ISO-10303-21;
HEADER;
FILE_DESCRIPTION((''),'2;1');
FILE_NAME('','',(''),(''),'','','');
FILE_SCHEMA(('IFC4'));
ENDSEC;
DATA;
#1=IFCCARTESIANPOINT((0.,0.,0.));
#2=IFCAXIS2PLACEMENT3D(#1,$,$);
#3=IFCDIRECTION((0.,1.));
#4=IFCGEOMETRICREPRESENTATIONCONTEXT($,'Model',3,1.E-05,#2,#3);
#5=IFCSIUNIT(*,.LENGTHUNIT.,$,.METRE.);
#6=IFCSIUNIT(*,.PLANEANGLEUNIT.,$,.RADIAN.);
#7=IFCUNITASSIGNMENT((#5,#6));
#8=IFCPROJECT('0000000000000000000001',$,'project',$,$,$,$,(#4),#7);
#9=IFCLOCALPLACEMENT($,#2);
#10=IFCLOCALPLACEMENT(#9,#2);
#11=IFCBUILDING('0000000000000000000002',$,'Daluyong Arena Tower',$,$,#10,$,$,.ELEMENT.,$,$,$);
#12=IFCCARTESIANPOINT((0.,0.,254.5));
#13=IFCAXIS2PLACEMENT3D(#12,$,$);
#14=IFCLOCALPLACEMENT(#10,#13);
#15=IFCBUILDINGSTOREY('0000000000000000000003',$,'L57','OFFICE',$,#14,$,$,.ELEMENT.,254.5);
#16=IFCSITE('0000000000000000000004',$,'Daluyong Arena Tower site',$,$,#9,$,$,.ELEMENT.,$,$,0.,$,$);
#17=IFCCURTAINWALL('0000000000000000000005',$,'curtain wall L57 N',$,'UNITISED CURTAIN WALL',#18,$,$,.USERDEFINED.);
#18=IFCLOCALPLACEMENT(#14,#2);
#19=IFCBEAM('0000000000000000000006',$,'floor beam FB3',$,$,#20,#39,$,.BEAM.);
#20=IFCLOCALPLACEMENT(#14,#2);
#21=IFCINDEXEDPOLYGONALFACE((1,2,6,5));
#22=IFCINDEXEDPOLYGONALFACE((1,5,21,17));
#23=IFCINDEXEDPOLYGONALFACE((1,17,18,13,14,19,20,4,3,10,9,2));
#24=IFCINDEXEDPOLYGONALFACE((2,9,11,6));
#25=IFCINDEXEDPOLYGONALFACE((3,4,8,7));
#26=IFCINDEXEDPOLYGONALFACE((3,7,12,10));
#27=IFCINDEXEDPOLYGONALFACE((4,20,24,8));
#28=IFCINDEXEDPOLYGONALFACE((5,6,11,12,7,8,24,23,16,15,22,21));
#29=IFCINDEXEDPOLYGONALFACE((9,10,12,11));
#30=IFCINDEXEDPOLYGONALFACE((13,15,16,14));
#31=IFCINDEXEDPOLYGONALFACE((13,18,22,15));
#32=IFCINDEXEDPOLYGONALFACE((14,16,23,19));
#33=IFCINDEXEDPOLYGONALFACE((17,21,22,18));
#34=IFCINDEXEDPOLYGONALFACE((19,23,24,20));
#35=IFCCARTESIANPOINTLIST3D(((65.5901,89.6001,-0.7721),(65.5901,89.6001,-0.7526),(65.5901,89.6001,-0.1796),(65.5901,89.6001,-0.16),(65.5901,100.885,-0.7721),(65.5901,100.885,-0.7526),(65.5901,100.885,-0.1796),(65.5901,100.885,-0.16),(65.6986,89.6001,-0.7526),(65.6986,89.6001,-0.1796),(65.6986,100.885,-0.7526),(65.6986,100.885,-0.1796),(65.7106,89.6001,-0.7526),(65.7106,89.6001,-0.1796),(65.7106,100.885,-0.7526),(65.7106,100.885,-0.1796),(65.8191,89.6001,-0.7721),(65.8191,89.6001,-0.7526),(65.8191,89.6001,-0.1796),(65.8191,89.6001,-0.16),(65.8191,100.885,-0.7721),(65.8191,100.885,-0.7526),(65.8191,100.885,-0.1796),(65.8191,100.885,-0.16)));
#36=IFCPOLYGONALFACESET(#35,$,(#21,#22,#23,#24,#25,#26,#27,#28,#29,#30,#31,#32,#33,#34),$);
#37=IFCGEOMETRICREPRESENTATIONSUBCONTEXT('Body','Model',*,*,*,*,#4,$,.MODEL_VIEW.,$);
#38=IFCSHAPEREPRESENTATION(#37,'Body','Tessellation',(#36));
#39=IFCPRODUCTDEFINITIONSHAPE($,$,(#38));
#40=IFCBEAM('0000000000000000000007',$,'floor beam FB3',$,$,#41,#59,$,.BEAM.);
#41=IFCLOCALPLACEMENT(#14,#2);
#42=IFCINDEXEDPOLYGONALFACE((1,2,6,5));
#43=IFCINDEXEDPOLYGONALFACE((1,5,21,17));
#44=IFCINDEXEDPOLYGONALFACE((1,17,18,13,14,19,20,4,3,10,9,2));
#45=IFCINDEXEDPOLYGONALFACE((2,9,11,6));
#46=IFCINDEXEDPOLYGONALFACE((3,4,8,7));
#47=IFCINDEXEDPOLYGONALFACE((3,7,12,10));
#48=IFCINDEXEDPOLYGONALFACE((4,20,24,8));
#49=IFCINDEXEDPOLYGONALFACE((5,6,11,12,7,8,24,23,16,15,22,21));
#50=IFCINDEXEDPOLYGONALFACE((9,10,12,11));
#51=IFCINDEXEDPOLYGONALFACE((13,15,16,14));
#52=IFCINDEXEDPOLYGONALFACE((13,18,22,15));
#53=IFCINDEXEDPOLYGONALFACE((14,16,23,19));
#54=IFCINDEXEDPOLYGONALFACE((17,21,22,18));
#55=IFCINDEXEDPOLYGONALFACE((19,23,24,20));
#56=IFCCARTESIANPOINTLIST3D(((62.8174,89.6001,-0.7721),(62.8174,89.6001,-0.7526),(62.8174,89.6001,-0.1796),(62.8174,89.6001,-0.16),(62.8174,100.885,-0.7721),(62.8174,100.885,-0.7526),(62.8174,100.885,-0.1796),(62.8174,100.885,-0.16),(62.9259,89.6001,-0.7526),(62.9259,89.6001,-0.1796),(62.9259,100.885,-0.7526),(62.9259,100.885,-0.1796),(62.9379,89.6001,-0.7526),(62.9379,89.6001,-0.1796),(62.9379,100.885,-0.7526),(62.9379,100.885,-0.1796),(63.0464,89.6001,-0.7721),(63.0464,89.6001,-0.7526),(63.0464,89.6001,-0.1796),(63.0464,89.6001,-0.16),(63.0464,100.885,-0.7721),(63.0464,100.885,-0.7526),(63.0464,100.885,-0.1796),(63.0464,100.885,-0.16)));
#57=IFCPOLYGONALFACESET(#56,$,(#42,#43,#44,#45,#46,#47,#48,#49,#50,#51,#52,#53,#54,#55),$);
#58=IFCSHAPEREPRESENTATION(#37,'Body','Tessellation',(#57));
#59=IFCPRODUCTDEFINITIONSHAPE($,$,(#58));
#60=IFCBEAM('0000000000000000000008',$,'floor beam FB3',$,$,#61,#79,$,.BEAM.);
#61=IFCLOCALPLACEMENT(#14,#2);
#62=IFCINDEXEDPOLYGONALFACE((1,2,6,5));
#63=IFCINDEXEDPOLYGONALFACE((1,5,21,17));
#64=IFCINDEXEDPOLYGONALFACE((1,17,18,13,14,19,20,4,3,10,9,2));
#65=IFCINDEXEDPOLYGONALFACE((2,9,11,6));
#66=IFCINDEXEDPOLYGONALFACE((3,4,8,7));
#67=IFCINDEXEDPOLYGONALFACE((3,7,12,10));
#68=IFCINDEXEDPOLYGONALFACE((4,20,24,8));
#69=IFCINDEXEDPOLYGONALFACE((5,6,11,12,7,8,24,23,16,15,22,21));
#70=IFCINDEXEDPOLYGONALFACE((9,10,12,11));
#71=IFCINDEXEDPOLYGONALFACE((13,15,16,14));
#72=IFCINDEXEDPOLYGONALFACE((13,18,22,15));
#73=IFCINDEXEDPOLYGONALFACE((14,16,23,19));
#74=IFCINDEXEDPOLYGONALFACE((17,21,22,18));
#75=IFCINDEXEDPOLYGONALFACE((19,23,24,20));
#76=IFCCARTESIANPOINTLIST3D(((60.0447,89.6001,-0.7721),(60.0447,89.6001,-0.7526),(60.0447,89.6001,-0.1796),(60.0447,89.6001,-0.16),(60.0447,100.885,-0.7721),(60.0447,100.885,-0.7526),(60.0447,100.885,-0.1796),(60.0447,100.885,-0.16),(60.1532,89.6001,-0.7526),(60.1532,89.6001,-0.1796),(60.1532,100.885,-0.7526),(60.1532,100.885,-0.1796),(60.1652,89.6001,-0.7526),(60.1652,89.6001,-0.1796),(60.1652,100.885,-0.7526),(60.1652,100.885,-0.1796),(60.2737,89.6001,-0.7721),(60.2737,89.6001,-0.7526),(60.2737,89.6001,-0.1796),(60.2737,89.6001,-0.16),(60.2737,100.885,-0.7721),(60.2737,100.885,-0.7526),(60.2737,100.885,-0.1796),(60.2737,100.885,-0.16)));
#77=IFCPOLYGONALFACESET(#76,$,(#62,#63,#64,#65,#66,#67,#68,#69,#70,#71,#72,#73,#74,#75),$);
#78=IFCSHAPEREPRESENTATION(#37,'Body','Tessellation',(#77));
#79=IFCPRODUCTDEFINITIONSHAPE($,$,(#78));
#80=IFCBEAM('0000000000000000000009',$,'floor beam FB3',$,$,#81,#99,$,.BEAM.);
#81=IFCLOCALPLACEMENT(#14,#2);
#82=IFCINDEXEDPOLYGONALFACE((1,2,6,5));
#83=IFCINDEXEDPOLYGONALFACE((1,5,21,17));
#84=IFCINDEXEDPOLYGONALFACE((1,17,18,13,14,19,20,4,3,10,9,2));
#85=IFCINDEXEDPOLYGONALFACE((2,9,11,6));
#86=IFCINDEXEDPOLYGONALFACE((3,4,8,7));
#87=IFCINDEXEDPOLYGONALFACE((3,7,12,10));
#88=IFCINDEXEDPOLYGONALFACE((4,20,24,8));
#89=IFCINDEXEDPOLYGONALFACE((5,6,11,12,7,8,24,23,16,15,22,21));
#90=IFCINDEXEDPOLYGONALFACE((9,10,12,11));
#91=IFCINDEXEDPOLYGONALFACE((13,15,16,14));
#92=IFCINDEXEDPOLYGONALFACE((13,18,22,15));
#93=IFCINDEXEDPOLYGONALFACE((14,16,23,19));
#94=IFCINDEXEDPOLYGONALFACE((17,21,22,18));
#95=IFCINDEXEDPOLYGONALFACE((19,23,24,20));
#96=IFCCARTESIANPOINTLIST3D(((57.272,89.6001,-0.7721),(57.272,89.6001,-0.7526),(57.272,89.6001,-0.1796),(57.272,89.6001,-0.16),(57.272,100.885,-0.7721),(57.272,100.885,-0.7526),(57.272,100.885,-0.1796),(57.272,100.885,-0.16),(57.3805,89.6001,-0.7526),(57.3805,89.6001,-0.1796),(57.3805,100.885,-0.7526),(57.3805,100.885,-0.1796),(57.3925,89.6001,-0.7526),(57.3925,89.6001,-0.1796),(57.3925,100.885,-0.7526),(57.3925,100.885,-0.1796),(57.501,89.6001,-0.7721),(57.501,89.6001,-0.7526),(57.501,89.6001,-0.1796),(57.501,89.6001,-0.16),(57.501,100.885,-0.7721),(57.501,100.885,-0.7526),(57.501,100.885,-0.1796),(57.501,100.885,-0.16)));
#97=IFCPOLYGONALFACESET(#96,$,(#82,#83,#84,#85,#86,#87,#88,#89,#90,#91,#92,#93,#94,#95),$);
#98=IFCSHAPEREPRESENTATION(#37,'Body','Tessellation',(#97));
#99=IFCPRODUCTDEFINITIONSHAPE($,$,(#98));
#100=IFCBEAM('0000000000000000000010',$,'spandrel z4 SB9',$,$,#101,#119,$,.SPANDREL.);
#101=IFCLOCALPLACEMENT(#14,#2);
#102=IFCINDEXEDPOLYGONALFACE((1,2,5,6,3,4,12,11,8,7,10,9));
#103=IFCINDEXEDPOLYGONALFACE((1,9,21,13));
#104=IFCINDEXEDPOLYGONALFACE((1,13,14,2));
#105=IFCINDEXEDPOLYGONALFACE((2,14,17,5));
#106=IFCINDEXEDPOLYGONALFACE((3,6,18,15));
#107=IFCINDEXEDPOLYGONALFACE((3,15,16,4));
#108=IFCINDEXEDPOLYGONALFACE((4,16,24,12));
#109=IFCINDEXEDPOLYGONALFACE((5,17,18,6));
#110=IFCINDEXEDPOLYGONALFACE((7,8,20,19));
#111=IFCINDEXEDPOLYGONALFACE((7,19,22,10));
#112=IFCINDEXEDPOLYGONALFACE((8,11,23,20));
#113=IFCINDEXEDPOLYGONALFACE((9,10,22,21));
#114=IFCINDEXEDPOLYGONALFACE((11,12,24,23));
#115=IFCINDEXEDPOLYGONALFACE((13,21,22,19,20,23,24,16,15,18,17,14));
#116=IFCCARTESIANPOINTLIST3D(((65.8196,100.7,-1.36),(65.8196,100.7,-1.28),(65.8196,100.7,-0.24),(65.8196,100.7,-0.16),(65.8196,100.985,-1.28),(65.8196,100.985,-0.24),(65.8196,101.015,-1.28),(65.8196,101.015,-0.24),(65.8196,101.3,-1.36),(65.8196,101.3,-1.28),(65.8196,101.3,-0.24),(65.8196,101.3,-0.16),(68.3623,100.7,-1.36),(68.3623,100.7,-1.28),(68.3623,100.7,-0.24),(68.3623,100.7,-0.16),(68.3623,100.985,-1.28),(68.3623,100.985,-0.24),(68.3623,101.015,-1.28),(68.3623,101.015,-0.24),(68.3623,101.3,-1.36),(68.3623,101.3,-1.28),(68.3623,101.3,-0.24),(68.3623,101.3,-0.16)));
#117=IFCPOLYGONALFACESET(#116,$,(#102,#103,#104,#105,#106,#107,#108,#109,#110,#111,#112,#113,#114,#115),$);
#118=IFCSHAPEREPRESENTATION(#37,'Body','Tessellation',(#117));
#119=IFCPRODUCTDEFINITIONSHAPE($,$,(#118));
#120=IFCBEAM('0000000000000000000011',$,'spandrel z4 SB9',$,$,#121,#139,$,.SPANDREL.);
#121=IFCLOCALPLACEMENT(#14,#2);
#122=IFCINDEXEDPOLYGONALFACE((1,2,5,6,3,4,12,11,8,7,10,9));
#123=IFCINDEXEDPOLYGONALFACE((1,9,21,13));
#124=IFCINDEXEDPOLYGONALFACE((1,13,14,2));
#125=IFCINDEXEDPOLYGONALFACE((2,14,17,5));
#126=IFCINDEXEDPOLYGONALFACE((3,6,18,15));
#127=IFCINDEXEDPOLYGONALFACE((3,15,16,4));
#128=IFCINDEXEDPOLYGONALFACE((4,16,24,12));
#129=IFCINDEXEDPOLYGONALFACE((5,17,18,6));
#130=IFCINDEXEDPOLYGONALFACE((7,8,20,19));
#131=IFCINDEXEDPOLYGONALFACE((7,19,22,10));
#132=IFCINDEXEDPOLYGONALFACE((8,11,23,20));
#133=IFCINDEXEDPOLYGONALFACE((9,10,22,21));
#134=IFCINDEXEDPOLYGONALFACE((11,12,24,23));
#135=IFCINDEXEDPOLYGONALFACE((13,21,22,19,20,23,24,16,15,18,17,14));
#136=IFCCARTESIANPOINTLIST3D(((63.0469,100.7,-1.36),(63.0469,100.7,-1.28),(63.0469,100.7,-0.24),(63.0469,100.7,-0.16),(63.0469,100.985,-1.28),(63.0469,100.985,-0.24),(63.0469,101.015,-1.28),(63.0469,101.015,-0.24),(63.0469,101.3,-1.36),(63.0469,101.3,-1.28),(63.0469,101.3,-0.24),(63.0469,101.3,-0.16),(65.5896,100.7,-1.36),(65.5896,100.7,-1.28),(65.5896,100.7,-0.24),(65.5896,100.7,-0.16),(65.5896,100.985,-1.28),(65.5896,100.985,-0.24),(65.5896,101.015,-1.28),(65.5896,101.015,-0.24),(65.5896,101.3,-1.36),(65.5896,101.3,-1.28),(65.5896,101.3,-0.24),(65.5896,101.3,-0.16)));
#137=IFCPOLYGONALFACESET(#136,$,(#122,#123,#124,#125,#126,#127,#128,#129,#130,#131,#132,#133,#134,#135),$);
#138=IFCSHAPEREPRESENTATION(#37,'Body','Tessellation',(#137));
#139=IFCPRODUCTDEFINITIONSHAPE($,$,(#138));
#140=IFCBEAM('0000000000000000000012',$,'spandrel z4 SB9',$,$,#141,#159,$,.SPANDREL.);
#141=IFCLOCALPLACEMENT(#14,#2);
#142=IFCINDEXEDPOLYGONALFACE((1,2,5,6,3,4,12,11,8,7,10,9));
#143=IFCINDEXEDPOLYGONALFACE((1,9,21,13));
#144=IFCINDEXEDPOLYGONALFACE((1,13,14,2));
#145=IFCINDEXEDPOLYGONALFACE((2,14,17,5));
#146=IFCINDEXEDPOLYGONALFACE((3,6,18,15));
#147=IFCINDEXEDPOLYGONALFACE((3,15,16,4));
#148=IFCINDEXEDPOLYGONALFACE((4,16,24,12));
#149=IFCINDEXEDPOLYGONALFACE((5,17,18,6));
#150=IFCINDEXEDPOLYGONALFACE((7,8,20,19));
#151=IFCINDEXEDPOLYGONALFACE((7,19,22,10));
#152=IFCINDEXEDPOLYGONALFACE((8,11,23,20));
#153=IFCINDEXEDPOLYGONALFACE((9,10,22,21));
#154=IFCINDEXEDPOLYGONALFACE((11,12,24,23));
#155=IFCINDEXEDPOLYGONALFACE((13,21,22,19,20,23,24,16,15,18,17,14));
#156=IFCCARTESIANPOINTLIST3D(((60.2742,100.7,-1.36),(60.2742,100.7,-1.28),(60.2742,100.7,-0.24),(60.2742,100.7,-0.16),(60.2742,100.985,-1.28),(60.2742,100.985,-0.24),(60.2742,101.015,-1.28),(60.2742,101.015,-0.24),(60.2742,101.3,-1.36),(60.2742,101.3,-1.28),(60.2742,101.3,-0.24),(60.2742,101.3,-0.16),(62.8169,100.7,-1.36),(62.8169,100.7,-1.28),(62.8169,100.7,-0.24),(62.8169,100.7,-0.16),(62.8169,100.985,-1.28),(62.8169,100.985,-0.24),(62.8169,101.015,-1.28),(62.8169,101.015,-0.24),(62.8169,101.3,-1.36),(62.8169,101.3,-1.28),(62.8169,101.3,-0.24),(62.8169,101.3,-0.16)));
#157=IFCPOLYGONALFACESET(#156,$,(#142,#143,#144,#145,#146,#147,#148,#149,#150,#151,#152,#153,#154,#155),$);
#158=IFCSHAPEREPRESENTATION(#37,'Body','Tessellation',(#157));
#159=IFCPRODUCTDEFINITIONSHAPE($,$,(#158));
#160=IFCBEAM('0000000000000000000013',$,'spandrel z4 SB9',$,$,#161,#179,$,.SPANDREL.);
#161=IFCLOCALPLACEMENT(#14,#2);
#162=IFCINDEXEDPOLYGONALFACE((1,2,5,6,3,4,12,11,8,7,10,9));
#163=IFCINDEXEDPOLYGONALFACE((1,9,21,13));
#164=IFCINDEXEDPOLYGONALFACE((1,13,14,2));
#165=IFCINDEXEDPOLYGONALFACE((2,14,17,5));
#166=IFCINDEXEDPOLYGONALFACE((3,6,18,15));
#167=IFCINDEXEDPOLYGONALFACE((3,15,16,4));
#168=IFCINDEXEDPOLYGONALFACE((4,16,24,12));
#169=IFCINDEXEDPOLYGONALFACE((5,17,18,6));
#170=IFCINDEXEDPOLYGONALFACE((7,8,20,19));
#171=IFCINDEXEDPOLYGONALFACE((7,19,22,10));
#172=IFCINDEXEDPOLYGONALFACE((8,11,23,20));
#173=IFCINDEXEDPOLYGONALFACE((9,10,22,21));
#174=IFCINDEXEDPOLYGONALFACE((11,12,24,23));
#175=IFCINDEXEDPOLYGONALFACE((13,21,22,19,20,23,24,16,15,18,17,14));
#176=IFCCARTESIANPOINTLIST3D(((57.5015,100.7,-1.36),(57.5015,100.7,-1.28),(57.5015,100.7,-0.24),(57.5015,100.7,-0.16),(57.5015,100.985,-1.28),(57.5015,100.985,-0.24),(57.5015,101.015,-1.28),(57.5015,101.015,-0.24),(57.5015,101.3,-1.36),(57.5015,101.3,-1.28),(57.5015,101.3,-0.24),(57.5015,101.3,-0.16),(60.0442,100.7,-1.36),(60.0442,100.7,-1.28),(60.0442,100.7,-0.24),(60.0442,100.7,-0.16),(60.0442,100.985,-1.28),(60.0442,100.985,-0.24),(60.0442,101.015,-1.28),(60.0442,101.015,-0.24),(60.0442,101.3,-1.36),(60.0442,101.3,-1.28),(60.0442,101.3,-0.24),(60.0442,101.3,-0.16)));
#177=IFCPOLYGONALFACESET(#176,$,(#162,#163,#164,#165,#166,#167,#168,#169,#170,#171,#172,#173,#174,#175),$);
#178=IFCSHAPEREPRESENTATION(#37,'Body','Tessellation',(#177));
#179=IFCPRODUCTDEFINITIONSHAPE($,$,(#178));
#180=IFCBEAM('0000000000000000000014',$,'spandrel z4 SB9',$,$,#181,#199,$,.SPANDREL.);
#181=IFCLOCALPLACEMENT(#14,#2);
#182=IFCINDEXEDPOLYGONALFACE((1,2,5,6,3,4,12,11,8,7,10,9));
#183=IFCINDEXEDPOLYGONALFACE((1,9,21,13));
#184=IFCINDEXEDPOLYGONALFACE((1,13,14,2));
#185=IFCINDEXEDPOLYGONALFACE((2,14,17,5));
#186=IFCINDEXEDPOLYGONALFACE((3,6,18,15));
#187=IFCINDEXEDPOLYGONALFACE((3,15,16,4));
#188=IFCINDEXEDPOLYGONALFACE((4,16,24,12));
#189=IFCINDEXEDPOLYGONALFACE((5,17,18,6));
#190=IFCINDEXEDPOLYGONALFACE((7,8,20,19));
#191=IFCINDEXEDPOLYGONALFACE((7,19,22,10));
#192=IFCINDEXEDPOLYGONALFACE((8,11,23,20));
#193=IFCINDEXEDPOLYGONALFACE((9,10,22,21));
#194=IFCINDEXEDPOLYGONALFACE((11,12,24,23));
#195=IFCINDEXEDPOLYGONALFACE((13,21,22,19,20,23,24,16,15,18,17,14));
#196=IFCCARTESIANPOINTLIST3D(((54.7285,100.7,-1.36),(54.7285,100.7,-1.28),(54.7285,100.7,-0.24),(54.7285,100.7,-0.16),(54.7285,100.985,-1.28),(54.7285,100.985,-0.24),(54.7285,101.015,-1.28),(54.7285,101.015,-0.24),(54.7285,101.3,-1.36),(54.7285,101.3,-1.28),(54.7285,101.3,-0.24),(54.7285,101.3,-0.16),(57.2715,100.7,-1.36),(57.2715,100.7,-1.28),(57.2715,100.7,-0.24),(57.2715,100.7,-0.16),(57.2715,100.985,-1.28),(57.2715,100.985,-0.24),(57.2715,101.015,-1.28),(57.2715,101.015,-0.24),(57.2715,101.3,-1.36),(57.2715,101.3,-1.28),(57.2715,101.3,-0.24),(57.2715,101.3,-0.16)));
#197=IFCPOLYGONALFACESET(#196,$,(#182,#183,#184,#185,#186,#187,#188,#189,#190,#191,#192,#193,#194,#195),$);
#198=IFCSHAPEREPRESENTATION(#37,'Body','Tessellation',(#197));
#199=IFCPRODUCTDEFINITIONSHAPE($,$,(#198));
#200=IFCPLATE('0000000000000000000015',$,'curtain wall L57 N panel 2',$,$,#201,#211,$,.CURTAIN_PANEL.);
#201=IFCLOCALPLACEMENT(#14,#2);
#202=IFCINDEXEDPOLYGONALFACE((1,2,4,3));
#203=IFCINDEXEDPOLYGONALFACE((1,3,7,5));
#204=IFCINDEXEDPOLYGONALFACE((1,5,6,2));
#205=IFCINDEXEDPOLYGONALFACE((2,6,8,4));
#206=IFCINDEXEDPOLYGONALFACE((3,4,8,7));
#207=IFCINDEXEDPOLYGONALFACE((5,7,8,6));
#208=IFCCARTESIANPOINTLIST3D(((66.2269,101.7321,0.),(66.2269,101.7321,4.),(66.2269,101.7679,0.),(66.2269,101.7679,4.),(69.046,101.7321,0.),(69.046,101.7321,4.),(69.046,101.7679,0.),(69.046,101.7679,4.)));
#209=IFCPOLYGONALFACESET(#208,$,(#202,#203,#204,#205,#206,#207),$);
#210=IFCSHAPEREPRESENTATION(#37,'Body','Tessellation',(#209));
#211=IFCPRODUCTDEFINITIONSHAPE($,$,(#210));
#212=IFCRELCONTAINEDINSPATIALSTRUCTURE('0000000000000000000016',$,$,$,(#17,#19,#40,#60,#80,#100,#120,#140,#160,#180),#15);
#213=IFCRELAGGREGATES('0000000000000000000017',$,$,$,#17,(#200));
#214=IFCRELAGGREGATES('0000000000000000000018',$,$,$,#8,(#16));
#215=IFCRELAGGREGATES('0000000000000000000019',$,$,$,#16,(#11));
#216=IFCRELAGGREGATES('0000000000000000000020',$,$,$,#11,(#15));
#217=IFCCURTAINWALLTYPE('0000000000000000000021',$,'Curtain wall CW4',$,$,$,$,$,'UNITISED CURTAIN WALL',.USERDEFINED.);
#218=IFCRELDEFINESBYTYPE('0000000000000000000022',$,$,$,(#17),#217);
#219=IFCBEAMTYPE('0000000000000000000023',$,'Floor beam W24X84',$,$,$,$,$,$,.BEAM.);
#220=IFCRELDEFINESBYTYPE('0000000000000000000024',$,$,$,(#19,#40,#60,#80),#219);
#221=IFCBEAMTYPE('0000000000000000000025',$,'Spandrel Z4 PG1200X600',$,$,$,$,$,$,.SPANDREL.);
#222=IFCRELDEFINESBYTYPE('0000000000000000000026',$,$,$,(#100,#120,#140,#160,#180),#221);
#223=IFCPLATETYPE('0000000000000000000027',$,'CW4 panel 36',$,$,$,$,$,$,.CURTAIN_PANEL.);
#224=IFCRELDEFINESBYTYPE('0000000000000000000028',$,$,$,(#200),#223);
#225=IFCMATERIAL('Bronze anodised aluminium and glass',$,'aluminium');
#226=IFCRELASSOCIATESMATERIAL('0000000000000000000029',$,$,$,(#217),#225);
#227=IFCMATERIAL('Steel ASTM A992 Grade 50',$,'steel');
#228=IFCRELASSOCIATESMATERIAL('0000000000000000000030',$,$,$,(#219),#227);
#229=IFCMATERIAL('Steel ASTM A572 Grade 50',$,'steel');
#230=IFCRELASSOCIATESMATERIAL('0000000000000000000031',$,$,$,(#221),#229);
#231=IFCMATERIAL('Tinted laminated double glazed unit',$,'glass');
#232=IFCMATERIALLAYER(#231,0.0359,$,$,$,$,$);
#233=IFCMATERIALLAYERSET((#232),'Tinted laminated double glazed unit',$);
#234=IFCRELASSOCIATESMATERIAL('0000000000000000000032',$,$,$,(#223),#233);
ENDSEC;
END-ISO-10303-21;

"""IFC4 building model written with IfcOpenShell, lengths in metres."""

from ifc_helpers import new_model, si_unit, direction, frame, origin, origin_2d, place, context, subcontext, project, spatial, rectangle, i_section, extrude, material, layer, layer_set, material_profile, profile_set, type_object, element, aggregate, save


model = new_model("IFC4")

# Units and contexts
model_context = context("Model", 3, precision=1e-05, world=origin(), true_north=direction((0.0, 1.0)))
body_context = subcontext(model_context, "Body", "Model", "MODEL_VIEW")
ifc_project = project(units=[si_unit("LENGTHUNIT", "METRE"), si_unit("PLANEANGLEUNIT", "RADIAN")], contexts=[model_context])

# Site, building, storey
site_placement = place(None, origin())
site = spatial("IfcSite", under=ifc_project, at=site_placement, Name="Daluyong Arena Tower site", CompositionType="ELEMENT", RefElevation=0.0)
building_placement = place(site_placement, origin())
building = spatial("IfcBuilding", under=site, at=building_placement, Name="Daluyong Arena Tower", CompositionType="ELEMENT")
storey_placement = place(building_placement, frame((0.0, 0.0, 254.5)))
storey = spatial("IfcBuildingStorey", under=building, at=storey_placement, Name="L57", Description="OFFICE", CompositionType="ELEMENT", Elevation=254.5)

# Curtain wall
ifc_material_1 = material(Name="Bronze anodised aluminium and glass", Category="aluminium")
curtain_wall_type = type_object("IfcCurtainWallType", Name="Curtain wall CW4", ElementType="UNITISED CURTAIN WALL", PredefinedType="USERDEFINED", material=ifc_material_1)
curtain_wall_placement = place(storey_placement, origin())
curtain_wall = element("IfcCurtainWall", 1, at=curtain_wall_placement, inside=storey, type_object=curtain_wall_type, Name="curtain wall L57 N", ObjectType="UNITISED CURTAIN WALL", PredefinedType="USERDEFINED")

# Beams
ifc_material_2 = material(Name="Steel ASTM A992 Grade 50", Category="steel")
ifc_material_profile_1 = material_profile(ifc_material_2, i_section(OverallWidth=0.229, OverallDepth=0.6121, WebThickness=0.012, FlangeThickness=0.0195, at=origin_2d()))
ifc_profile_set_1 = profile_set([ifc_material_profile_1], Name="Steel ASTM A992 Grade 50")
beam_type_1 = type_object("IfcBeamType", Name="Floor beam W24X84", PredefinedType="BEAM", material=ifc_profile_set_1)
for number, where, z_axis, x_axis, name in (
    (2, (65.7046, 100.885, -0.4661), (0.0, -1.0, 0.0), (1.0, 0.0, 0.0), "floor beam FB3"),
    (3, (62.9319, 100.885, -0.4661), (0.0, -1.0, 0.0), (1.0, 0.0, 0.0), "floor beam FB3"),
    (4, (60.1592, 100.885, -0.4661), (0.0, -1.0, 0.0), (1.0, 0.0, 0.0), "floor beam FB3"),
    (5, (57.3865, 100.885, -0.4661), (0.0, -1.0, 0.0), (1.0, 0.0, 0.0), "floor beam FB3"),
):
    element("IfcBeam", number, at=place(storey_placement, frame(where, z_axis=z_axis, x_axis=x_axis)), inside=storey, type_object=beam_type_1, Name=name, PredefinedType="BEAM", context=body_context, shape_type="SweptSolid", body=[
        extrude(i_section(OverallWidth=0.229, OverallDepth=0.6121, WebThickness=0.012, FlangeThickness=0.0195, at=origin_2d()), origin(), (0.0, 0.0, 1.0), 11.2849),
    ])
ifc_material_3 = material(Name="Steel ASTM A572 Grade 50", Category="steel")
ifc_material_profile_2 = material_profile(ifc_material_3, i_section(OverallWidth=0.6001, OverallDepth=1.2, WebThickness=0.03, FlangeThickness=0.08, at=origin_2d()))
ifc_profile_set_2 = profile_set([ifc_material_profile_2], Name="Steel ASTM A572 Grade 50")
beam_type_2 = type_object("IfcBeamType", Name="Spandrel Z4 PG1200X600", PredefinedType="SPANDREL", material=ifc_profile_set_2)
for number, where, z_axis, x_axis, name in (
    (6, (68.3623, 101.0, -0.76), (-1.0, 0.0, 0.0), (0.0, -1.0, 0.0), "spandrel z4 SB9"),
    (7, (65.5896, 101.0, -0.76), (-1.0, 0.0, 0.0), (0.0, -1.0, 0.0), "spandrel z4 SB9"),
    (8, (62.8169, 101.0, -0.76), (-1.0, 0.0, 0.0), (0.0, -1.0, 0.0), "spandrel z4 SB9"),
    (9, (60.0442, 101.0, -0.76), (-1.0, 0.0, 0.0), (0.0, -1.0, 0.0), "spandrel z4 SB9"),
):
    element("IfcBeam", number, at=place(storey_placement, frame(where, z_axis=z_axis, x_axis=x_axis)), inside=storey, type_object=beam_type_2, Name=name, PredefinedType="SPANDREL", context=body_context, shape_type="SweptSolid", body=[
        extrude(i_section(OverallWidth=0.6001, OverallDepth=1.2, WebThickness=0.03, FlangeThickness=0.08, at=origin_2d()), origin(), (0.0, 0.0, 1.0), 2.5427),
    ])
beam_1_placement = place(storey_placement, frame((57.2715, 101.0, -0.76), z_axis=(-1.0, 0.0, 0.0), x_axis=(0.0, -1.0, 0.0)))
element("IfcBeam", 10, at=beam_1_placement, inside=storey, type_object=beam_type_2, Name="spandrel z4 SB9", PredefinedType="SPANDREL", context=body_context, shape_type="SweptSolid", body=[
    extrude(i_section(OverallWidth=0.6001, OverallDepth=1.2, WebThickness=0.03, FlangeThickness=0.08, at=origin_2d()), origin(), (0.0, 0.0, 1.0), 2.543),
])

# Plate
ifc_material_4 = material(Name="Tinted laminated double glazed unit", Category="glass")
ifc_layer_1 = layer(ifc_material_4, 0.0359)
ifc_layer_set_1 = layer_set([ifc_layer_1], Name="Tinted laminated double glazed unit")
plate_type = type_object("IfcPlateType", Name="CW4 panel 36", PredefinedType="CURTAIN_PANEL", material=ifc_layer_set_1)
plate_1_placement = place(storey_placement, frame((67.6365, 101.75, 0.0), z_axis=(0.0, 0.0, 1.0), x_axis=(-1.0, 0.0, 0.0)))
plate_1 = element("IfcPlate", 11, at=plate_1_placement, type_object=plate_type, Name="curtain wall L57 N panel 2", PredefinedType="CURTAIN_PANEL", context=body_context, shape_type="SweptSolid", body=[
    extrude(rectangle(XDim=2.8191, YDim=0.0359, at=origin_2d()), origin(), (0.0, 0.0, 1.0), 4.0),
])
aggregate(curtain_wall, [plate_1])

save(model, "model.ifc")
